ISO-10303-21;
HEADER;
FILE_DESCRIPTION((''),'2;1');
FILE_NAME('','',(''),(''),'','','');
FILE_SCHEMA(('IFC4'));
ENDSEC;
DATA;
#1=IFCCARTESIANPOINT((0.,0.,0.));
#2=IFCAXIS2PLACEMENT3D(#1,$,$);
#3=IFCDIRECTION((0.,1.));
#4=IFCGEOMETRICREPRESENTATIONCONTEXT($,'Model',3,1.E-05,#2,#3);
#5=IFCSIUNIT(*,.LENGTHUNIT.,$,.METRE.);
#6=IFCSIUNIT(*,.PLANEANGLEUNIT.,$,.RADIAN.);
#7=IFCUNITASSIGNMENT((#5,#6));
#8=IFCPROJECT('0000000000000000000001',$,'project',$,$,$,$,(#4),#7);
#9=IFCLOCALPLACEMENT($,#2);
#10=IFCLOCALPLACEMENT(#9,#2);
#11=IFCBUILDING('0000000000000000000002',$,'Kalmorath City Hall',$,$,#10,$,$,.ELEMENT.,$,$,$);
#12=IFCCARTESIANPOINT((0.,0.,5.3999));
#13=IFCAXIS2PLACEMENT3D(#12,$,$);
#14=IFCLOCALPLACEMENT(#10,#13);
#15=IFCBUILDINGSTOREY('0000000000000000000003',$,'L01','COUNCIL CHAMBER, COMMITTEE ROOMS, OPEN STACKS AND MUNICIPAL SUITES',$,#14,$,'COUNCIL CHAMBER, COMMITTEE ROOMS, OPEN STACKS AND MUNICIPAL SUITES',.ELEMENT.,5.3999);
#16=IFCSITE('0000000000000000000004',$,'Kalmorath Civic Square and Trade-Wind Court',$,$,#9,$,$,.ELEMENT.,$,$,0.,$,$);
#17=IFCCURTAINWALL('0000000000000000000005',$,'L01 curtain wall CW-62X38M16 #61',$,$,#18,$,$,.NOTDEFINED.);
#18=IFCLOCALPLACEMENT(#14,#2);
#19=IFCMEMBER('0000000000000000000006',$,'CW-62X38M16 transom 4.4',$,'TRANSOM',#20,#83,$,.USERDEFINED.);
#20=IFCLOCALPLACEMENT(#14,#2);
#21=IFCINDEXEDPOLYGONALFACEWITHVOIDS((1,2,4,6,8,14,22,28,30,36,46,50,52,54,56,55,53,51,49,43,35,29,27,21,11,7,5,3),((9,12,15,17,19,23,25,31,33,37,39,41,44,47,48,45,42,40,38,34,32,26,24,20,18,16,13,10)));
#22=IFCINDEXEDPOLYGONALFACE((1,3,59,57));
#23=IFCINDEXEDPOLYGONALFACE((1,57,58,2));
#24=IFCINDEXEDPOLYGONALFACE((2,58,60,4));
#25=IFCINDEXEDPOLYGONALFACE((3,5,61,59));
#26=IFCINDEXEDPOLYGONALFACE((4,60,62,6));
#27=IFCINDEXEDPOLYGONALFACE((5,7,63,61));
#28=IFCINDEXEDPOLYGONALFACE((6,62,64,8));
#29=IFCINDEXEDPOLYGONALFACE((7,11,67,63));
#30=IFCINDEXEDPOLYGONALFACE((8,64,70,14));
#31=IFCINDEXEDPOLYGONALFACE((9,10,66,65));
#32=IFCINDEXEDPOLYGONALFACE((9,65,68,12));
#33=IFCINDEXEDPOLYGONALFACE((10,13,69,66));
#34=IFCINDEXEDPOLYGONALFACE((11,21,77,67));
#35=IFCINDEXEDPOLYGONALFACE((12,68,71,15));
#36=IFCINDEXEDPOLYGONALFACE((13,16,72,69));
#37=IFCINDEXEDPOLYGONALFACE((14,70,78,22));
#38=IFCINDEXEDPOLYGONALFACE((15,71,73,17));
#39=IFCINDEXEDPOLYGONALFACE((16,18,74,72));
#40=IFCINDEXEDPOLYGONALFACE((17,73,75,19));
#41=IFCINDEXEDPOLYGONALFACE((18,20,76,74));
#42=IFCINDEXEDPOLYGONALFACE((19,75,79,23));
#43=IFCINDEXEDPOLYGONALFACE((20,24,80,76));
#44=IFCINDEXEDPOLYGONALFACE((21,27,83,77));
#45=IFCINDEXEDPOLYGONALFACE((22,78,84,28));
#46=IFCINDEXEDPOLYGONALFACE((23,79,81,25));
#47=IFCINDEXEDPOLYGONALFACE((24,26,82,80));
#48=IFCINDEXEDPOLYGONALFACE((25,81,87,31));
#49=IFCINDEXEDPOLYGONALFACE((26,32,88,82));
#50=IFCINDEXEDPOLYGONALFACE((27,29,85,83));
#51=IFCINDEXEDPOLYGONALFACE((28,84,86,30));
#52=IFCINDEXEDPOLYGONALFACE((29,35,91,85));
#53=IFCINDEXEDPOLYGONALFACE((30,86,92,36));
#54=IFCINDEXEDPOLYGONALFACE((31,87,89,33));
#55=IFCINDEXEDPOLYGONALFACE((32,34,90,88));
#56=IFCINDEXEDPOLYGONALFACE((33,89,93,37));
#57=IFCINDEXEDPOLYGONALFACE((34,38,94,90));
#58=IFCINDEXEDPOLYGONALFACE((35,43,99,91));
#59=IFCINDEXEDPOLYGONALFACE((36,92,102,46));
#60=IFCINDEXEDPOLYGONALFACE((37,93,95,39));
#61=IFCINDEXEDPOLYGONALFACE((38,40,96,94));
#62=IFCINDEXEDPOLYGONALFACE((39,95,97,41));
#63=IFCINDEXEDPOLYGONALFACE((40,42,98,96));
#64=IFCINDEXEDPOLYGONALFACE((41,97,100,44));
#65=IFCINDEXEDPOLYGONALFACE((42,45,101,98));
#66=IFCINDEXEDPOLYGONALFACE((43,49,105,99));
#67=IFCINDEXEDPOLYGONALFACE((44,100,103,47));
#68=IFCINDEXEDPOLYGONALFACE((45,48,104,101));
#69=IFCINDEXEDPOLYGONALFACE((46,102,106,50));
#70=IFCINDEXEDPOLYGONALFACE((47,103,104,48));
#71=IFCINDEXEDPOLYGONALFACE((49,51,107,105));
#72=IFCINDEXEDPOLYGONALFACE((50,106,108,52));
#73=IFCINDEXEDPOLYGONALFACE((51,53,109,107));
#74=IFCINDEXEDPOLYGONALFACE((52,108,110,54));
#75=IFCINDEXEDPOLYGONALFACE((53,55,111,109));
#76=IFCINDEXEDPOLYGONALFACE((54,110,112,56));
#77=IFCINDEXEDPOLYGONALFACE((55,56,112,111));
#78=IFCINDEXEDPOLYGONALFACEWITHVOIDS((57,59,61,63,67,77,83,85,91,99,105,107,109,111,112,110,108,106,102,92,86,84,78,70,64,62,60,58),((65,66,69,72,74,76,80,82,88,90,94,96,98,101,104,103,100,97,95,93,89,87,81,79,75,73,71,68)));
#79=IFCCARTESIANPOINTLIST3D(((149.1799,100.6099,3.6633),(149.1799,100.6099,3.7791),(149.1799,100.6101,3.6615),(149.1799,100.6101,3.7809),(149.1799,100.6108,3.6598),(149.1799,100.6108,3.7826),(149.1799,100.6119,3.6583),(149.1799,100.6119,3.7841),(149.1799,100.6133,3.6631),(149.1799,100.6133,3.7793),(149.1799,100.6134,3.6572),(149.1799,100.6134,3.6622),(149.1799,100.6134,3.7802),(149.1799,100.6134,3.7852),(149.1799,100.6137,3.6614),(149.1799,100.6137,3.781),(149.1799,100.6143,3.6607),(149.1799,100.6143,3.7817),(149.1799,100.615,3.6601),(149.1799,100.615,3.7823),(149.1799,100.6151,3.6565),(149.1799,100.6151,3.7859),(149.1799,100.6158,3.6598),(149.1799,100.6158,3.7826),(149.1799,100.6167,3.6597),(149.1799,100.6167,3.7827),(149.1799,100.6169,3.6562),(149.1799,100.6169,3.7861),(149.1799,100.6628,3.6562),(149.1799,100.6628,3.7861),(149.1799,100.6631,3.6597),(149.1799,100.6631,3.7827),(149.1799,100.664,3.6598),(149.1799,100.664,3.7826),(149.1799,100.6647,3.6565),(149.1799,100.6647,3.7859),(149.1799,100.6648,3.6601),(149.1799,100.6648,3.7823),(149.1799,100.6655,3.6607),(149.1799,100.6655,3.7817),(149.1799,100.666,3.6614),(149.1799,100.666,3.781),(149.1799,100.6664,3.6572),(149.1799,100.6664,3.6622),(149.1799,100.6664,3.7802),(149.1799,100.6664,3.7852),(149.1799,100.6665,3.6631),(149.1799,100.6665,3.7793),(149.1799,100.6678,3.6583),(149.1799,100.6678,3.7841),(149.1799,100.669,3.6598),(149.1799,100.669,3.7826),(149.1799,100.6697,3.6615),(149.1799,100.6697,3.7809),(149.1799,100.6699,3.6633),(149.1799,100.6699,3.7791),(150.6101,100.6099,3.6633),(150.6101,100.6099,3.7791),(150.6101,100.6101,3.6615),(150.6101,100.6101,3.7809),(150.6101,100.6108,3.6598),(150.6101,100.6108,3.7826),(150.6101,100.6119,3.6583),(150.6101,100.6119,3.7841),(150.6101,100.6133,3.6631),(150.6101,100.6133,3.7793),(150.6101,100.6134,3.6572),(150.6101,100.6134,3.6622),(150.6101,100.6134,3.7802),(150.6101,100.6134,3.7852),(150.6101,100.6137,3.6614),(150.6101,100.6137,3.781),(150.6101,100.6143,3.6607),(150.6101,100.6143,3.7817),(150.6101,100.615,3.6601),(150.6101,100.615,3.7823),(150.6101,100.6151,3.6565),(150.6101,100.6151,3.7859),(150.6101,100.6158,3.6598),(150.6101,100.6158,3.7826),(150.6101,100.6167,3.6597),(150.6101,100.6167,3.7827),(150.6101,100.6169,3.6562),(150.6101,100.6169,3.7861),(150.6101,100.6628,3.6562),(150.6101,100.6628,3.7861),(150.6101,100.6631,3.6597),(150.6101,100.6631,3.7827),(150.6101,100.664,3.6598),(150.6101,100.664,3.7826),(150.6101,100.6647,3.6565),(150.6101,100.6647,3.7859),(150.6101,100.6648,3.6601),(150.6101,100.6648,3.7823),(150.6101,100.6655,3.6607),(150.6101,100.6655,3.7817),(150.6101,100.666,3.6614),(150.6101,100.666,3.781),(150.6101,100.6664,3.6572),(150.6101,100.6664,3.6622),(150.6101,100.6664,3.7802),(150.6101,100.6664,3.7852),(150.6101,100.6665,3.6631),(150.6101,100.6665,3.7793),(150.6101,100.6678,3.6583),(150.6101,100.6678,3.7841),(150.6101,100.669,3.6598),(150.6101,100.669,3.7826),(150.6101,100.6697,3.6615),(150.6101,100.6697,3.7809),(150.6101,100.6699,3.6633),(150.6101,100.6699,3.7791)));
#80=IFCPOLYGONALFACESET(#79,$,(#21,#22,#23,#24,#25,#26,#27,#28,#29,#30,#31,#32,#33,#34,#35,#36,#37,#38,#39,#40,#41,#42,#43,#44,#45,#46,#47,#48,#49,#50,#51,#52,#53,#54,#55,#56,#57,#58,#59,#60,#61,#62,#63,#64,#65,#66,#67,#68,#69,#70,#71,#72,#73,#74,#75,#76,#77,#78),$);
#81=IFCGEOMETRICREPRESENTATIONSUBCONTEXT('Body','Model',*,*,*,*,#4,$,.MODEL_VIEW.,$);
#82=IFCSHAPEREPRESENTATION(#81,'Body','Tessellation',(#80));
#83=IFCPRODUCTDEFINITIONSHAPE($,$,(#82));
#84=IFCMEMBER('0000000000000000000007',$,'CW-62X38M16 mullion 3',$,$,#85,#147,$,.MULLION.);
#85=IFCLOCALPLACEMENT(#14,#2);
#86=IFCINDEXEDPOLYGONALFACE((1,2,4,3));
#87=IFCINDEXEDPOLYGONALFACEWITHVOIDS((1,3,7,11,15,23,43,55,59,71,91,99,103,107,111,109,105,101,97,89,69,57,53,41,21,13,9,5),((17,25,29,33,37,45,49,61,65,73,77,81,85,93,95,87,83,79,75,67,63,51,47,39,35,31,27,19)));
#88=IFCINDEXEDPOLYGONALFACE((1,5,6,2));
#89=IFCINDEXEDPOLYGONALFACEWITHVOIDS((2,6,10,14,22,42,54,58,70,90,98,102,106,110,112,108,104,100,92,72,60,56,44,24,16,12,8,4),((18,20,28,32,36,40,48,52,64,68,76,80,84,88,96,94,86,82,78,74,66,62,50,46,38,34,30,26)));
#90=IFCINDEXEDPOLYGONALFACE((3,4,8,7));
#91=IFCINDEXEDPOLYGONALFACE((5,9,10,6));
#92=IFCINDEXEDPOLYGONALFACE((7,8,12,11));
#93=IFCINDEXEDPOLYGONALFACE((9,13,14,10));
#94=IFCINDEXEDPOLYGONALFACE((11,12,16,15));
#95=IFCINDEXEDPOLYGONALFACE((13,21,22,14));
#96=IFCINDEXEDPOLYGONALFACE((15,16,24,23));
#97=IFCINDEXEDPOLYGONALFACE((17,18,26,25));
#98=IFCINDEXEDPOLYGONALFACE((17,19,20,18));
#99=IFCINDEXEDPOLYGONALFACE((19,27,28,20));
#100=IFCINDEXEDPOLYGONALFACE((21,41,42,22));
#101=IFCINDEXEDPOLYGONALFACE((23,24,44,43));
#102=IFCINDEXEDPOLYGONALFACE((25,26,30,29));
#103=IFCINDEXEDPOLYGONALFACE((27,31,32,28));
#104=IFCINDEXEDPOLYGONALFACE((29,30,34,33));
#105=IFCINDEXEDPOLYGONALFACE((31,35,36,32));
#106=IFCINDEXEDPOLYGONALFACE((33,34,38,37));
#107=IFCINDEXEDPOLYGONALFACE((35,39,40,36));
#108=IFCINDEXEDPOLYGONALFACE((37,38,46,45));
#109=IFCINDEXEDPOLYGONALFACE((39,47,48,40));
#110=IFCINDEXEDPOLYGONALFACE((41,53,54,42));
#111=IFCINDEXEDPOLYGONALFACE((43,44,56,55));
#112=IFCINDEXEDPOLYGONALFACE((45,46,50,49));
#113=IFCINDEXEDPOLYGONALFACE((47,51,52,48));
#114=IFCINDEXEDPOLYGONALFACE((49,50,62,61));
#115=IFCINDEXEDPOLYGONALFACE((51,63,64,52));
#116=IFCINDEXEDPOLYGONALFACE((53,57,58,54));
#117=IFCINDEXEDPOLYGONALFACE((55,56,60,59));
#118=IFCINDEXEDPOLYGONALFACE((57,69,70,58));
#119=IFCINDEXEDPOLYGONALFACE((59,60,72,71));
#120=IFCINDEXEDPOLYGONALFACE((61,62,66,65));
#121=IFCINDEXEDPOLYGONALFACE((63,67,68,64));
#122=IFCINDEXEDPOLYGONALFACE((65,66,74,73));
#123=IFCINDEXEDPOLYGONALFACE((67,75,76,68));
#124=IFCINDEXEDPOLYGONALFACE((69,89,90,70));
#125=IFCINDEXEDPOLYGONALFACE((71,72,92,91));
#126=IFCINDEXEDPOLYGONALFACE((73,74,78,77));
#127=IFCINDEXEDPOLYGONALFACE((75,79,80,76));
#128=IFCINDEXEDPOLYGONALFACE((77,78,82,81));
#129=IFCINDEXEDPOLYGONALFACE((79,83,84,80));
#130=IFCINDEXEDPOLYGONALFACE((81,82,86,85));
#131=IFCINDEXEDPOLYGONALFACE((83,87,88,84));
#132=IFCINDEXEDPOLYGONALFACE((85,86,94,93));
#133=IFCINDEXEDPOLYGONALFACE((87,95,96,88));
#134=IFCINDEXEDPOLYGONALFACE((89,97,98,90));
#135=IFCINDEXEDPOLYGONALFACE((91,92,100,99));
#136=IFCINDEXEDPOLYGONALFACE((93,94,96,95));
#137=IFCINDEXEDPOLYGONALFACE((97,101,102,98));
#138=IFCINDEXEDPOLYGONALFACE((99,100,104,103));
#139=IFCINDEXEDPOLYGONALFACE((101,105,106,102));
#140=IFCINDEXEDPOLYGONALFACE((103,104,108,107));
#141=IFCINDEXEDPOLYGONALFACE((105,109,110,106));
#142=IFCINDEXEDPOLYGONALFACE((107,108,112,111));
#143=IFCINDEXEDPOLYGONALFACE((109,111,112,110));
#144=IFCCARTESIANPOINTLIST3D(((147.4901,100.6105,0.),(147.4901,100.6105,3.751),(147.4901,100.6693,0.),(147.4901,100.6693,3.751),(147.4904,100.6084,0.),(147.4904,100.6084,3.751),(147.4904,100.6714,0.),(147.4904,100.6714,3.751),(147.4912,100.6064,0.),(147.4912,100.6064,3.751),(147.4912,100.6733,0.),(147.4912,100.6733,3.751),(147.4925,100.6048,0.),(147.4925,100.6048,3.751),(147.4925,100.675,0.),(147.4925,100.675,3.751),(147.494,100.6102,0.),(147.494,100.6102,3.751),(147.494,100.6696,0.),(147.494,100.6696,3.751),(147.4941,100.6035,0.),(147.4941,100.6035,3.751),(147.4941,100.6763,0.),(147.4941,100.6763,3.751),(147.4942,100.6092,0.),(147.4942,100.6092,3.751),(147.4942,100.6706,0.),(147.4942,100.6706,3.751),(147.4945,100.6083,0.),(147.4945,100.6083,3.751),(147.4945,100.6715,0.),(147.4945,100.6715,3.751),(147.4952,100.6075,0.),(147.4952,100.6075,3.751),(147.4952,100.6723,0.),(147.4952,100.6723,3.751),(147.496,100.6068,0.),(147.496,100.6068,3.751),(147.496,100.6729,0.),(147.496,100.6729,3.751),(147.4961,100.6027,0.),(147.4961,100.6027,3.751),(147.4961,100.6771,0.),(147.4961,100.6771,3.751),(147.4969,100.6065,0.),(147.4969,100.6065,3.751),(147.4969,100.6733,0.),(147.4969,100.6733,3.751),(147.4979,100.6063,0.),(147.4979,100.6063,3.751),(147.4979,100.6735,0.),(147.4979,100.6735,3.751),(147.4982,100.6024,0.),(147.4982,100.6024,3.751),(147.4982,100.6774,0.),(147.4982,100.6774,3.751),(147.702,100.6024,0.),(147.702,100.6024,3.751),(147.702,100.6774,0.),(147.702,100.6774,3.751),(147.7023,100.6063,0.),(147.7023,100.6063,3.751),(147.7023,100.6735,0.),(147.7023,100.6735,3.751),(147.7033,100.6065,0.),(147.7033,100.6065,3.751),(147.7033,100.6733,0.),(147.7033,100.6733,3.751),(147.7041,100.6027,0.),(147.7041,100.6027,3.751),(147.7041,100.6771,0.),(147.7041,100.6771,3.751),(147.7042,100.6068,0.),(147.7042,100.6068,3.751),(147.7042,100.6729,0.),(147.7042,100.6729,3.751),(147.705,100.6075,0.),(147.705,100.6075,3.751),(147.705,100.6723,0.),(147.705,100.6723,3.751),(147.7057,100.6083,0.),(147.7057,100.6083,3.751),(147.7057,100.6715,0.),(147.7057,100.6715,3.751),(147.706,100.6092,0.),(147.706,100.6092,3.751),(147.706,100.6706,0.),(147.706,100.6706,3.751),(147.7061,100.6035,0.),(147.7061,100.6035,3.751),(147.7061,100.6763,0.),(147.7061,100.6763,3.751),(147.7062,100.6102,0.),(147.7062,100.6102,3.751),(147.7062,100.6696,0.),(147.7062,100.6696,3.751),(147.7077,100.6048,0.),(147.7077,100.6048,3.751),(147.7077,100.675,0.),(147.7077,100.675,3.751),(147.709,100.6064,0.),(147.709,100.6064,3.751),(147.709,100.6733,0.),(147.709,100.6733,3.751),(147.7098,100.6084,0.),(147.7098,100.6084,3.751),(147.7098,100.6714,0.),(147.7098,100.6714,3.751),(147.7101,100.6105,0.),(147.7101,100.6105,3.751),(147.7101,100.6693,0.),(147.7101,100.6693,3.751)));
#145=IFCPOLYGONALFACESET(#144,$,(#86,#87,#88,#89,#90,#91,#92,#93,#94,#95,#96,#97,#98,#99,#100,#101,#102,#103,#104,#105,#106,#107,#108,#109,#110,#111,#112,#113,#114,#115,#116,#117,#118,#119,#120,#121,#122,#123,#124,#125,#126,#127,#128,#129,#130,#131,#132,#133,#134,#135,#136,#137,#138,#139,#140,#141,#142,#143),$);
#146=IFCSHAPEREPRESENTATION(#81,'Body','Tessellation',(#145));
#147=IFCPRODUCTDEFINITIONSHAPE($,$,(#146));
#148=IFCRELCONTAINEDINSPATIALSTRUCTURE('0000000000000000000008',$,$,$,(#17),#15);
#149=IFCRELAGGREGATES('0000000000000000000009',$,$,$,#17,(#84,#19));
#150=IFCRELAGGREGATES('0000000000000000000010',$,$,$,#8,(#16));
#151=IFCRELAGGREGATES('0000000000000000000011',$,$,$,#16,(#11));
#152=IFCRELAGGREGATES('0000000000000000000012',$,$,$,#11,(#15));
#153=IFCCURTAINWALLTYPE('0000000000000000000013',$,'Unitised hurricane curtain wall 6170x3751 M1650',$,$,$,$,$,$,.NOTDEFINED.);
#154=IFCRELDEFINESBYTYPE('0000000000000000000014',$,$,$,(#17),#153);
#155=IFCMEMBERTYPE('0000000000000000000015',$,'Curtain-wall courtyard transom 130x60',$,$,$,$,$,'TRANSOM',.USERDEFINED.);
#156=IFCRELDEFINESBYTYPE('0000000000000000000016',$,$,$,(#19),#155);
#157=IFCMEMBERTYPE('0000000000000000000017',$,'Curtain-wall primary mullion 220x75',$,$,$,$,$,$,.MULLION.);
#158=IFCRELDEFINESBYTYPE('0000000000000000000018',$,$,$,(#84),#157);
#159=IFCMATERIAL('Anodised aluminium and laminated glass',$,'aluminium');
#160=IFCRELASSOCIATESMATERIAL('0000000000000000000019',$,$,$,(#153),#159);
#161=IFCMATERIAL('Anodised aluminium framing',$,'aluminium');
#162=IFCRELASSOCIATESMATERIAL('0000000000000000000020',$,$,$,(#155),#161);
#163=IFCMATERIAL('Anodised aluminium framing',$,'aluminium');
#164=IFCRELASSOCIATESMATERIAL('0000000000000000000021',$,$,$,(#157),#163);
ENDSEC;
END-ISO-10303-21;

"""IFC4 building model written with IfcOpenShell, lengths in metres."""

from ifc_helpers import new_model, si_unit, direction, frame, origin, origin_2d, place, context, subcontext, project, spatial, hollow_rectangle, extrude, material, material_profile, profile_set, type_object, element, aggregate, save


model = new_model("IFC4")

# Units and contexts
model_context = context("Model", 3, precision=1e-05, world=origin(), true_north=direction((0.0, 1.0)))
body_context = subcontext(model_context, "Body", "Model", "MODEL_VIEW")
ifc_project = project(units=[si_unit("LENGTHUNIT", "METRE"), si_unit("PLANEANGLEUNIT", "RADIAN")], contexts=[model_context])

# Site, building, storey
site_placement = place(None, origin())
site = spatial("IfcSite", under=ifc_project, at=site_placement, Name="Kalmorath Civic Square and Trade-Wind Court", CompositionType="ELEMENT", RefElevation=0.0)
building_placement = place(site_placement, origin())
building = spatial("IfcBuilding", under=site, at=building_placement, Name="Kalmorath City Hall", CompositionType="ELEMENT")
storey_placement = place(building_placement, frame((0.0, 0.0, 5.3999)))
storey = spatial("IfcBuildingStorey", under=building, at=storey_placement, Name="L01", Description="COUNCIL CHAMBER, COMMITTEE ROOMS, OPEN STACKS AND MUNICIPAL SUITES", LongName="COUNCIL CHAMBER, COMMITTEE ROOMS, OPEN STACKS AND MUNICIPAL SUITES", CompositionType="ELEMENT", Elevation=5.3999)

# Curtain wall, members
ifc_material_1 = material(Name="Anodised aluminium and laminated glass", Category="aluminium")
curtain_wall_type = type_object("IfcCurtainWallType", Name="Unitised hurricane curtain wall 6170x3751 M1650", PredefinedType="NOTDEFINED", material=ifc_material_1)
curtain_wall_placement = place(storey_placement, origin())
curtain_wall = element("IfcCurtainWall", 1, at=curtain_wall_placement, inside=storey, type_object=curtain_wall_type, Name="L01 curtain wall CW-62X38M16 #61", PredefinedType="NOTDEFINED")
ifc_material_2 = material(Name="Anodised aluminium framing", Category="aluminium")
ifc_material_profile_1 = material_profile(ifc_material_2, hollow_rectangle(XDim=0.0601, YDim=0.1299, WallThickness=0.0034, InnerFilletRadius=0.0034, OuterFilletRadius=0.0071, at=origin_2d()), Name="ALU-TRN-130X60X3.5")
ifc_profile_set_1 = profile_set([ifc_material_profile_1], Name="Anodised aluminium framing")
member_type_1 = type_object("IfcMemberType", Name="Curtain-wall courtyard transom 130x60", ElementType="TRANSOM", PredefinedType="USERDEFINED", material=ifc_profile_set_1)
member_1_placement = place(storey_placement, frame((149.1799, 100.6399, 3.7212), z_axis=(1.0, 0.0, 0.0), x_axis=(0.0, 1.0, 0.0)))
member_1 = element("IfcMember", 2, at=member_1_placement, type_object=member_type_1, Name="CW-62X38M16 transom 4.4", ObjectType="TRANSOM", PredefinedType="USERDEFINED", context=body_context, shape_type="SweptSolid", body=[
    extrude(hollow_rectangle(XDim=0.0601, YDim=0.1299, WallThickness=0.0034, InnerFilletRadius=0.0034, OuterFilletRadius=0.0071, at=origin_2d()), origin(), (0.0, 0.0, 1.0), 1.4302),
])
ifc_material_3 = material(Name="Anodised aluminium framing", Category="aluminium")
ifc_material_profile_2 = material_profile(ifc_material_3, hollow_rectangle(XDim=0.075, YDim=0.22, WallThickness=0.0039, InnerFilletRadius=0.0039, OuterFilletRadius=0.0081, at=origin_2d()), Name="ALU-MUL-220X75X4")
ifc_profile_set_2 = profile_set([ifc_material_profile_2], Name="Anodised aluminium framing")
member_type_2 = type_object("IfcMemberType", Name="Curtain-wall primary mullion 220x75", PredefinedType="MULLION", material=ifc_profile_set_2)
member_2_placement = place(storey_placement, frame((147.6001, 100.6399, 0.0), z_axis=(0.0, 0.0, 1.0), x_axis=(0.0, 1.0, 0.0)))
member_2 = element("IfcMember", 3, at=member_2_placement, type_object=member_type_2, Name="CW-62X38M16 mullion 3", PredefinedType="MULLION", context=body_context, shape_type="SweptSolid", body=[
    extrude(hollow_rectangle(XDim=0.075, YDim=0.22, WallThickness=0.0039, InnerFilletRadius=0.0039, OuterFilletRadius=0.0081, at=origin_2d()), origin(), (0.0, 0.0, 1.0), 3.751),
])
aggregate(curtain_wall, [member_2, member_1])

save(model, "model.ifc")
